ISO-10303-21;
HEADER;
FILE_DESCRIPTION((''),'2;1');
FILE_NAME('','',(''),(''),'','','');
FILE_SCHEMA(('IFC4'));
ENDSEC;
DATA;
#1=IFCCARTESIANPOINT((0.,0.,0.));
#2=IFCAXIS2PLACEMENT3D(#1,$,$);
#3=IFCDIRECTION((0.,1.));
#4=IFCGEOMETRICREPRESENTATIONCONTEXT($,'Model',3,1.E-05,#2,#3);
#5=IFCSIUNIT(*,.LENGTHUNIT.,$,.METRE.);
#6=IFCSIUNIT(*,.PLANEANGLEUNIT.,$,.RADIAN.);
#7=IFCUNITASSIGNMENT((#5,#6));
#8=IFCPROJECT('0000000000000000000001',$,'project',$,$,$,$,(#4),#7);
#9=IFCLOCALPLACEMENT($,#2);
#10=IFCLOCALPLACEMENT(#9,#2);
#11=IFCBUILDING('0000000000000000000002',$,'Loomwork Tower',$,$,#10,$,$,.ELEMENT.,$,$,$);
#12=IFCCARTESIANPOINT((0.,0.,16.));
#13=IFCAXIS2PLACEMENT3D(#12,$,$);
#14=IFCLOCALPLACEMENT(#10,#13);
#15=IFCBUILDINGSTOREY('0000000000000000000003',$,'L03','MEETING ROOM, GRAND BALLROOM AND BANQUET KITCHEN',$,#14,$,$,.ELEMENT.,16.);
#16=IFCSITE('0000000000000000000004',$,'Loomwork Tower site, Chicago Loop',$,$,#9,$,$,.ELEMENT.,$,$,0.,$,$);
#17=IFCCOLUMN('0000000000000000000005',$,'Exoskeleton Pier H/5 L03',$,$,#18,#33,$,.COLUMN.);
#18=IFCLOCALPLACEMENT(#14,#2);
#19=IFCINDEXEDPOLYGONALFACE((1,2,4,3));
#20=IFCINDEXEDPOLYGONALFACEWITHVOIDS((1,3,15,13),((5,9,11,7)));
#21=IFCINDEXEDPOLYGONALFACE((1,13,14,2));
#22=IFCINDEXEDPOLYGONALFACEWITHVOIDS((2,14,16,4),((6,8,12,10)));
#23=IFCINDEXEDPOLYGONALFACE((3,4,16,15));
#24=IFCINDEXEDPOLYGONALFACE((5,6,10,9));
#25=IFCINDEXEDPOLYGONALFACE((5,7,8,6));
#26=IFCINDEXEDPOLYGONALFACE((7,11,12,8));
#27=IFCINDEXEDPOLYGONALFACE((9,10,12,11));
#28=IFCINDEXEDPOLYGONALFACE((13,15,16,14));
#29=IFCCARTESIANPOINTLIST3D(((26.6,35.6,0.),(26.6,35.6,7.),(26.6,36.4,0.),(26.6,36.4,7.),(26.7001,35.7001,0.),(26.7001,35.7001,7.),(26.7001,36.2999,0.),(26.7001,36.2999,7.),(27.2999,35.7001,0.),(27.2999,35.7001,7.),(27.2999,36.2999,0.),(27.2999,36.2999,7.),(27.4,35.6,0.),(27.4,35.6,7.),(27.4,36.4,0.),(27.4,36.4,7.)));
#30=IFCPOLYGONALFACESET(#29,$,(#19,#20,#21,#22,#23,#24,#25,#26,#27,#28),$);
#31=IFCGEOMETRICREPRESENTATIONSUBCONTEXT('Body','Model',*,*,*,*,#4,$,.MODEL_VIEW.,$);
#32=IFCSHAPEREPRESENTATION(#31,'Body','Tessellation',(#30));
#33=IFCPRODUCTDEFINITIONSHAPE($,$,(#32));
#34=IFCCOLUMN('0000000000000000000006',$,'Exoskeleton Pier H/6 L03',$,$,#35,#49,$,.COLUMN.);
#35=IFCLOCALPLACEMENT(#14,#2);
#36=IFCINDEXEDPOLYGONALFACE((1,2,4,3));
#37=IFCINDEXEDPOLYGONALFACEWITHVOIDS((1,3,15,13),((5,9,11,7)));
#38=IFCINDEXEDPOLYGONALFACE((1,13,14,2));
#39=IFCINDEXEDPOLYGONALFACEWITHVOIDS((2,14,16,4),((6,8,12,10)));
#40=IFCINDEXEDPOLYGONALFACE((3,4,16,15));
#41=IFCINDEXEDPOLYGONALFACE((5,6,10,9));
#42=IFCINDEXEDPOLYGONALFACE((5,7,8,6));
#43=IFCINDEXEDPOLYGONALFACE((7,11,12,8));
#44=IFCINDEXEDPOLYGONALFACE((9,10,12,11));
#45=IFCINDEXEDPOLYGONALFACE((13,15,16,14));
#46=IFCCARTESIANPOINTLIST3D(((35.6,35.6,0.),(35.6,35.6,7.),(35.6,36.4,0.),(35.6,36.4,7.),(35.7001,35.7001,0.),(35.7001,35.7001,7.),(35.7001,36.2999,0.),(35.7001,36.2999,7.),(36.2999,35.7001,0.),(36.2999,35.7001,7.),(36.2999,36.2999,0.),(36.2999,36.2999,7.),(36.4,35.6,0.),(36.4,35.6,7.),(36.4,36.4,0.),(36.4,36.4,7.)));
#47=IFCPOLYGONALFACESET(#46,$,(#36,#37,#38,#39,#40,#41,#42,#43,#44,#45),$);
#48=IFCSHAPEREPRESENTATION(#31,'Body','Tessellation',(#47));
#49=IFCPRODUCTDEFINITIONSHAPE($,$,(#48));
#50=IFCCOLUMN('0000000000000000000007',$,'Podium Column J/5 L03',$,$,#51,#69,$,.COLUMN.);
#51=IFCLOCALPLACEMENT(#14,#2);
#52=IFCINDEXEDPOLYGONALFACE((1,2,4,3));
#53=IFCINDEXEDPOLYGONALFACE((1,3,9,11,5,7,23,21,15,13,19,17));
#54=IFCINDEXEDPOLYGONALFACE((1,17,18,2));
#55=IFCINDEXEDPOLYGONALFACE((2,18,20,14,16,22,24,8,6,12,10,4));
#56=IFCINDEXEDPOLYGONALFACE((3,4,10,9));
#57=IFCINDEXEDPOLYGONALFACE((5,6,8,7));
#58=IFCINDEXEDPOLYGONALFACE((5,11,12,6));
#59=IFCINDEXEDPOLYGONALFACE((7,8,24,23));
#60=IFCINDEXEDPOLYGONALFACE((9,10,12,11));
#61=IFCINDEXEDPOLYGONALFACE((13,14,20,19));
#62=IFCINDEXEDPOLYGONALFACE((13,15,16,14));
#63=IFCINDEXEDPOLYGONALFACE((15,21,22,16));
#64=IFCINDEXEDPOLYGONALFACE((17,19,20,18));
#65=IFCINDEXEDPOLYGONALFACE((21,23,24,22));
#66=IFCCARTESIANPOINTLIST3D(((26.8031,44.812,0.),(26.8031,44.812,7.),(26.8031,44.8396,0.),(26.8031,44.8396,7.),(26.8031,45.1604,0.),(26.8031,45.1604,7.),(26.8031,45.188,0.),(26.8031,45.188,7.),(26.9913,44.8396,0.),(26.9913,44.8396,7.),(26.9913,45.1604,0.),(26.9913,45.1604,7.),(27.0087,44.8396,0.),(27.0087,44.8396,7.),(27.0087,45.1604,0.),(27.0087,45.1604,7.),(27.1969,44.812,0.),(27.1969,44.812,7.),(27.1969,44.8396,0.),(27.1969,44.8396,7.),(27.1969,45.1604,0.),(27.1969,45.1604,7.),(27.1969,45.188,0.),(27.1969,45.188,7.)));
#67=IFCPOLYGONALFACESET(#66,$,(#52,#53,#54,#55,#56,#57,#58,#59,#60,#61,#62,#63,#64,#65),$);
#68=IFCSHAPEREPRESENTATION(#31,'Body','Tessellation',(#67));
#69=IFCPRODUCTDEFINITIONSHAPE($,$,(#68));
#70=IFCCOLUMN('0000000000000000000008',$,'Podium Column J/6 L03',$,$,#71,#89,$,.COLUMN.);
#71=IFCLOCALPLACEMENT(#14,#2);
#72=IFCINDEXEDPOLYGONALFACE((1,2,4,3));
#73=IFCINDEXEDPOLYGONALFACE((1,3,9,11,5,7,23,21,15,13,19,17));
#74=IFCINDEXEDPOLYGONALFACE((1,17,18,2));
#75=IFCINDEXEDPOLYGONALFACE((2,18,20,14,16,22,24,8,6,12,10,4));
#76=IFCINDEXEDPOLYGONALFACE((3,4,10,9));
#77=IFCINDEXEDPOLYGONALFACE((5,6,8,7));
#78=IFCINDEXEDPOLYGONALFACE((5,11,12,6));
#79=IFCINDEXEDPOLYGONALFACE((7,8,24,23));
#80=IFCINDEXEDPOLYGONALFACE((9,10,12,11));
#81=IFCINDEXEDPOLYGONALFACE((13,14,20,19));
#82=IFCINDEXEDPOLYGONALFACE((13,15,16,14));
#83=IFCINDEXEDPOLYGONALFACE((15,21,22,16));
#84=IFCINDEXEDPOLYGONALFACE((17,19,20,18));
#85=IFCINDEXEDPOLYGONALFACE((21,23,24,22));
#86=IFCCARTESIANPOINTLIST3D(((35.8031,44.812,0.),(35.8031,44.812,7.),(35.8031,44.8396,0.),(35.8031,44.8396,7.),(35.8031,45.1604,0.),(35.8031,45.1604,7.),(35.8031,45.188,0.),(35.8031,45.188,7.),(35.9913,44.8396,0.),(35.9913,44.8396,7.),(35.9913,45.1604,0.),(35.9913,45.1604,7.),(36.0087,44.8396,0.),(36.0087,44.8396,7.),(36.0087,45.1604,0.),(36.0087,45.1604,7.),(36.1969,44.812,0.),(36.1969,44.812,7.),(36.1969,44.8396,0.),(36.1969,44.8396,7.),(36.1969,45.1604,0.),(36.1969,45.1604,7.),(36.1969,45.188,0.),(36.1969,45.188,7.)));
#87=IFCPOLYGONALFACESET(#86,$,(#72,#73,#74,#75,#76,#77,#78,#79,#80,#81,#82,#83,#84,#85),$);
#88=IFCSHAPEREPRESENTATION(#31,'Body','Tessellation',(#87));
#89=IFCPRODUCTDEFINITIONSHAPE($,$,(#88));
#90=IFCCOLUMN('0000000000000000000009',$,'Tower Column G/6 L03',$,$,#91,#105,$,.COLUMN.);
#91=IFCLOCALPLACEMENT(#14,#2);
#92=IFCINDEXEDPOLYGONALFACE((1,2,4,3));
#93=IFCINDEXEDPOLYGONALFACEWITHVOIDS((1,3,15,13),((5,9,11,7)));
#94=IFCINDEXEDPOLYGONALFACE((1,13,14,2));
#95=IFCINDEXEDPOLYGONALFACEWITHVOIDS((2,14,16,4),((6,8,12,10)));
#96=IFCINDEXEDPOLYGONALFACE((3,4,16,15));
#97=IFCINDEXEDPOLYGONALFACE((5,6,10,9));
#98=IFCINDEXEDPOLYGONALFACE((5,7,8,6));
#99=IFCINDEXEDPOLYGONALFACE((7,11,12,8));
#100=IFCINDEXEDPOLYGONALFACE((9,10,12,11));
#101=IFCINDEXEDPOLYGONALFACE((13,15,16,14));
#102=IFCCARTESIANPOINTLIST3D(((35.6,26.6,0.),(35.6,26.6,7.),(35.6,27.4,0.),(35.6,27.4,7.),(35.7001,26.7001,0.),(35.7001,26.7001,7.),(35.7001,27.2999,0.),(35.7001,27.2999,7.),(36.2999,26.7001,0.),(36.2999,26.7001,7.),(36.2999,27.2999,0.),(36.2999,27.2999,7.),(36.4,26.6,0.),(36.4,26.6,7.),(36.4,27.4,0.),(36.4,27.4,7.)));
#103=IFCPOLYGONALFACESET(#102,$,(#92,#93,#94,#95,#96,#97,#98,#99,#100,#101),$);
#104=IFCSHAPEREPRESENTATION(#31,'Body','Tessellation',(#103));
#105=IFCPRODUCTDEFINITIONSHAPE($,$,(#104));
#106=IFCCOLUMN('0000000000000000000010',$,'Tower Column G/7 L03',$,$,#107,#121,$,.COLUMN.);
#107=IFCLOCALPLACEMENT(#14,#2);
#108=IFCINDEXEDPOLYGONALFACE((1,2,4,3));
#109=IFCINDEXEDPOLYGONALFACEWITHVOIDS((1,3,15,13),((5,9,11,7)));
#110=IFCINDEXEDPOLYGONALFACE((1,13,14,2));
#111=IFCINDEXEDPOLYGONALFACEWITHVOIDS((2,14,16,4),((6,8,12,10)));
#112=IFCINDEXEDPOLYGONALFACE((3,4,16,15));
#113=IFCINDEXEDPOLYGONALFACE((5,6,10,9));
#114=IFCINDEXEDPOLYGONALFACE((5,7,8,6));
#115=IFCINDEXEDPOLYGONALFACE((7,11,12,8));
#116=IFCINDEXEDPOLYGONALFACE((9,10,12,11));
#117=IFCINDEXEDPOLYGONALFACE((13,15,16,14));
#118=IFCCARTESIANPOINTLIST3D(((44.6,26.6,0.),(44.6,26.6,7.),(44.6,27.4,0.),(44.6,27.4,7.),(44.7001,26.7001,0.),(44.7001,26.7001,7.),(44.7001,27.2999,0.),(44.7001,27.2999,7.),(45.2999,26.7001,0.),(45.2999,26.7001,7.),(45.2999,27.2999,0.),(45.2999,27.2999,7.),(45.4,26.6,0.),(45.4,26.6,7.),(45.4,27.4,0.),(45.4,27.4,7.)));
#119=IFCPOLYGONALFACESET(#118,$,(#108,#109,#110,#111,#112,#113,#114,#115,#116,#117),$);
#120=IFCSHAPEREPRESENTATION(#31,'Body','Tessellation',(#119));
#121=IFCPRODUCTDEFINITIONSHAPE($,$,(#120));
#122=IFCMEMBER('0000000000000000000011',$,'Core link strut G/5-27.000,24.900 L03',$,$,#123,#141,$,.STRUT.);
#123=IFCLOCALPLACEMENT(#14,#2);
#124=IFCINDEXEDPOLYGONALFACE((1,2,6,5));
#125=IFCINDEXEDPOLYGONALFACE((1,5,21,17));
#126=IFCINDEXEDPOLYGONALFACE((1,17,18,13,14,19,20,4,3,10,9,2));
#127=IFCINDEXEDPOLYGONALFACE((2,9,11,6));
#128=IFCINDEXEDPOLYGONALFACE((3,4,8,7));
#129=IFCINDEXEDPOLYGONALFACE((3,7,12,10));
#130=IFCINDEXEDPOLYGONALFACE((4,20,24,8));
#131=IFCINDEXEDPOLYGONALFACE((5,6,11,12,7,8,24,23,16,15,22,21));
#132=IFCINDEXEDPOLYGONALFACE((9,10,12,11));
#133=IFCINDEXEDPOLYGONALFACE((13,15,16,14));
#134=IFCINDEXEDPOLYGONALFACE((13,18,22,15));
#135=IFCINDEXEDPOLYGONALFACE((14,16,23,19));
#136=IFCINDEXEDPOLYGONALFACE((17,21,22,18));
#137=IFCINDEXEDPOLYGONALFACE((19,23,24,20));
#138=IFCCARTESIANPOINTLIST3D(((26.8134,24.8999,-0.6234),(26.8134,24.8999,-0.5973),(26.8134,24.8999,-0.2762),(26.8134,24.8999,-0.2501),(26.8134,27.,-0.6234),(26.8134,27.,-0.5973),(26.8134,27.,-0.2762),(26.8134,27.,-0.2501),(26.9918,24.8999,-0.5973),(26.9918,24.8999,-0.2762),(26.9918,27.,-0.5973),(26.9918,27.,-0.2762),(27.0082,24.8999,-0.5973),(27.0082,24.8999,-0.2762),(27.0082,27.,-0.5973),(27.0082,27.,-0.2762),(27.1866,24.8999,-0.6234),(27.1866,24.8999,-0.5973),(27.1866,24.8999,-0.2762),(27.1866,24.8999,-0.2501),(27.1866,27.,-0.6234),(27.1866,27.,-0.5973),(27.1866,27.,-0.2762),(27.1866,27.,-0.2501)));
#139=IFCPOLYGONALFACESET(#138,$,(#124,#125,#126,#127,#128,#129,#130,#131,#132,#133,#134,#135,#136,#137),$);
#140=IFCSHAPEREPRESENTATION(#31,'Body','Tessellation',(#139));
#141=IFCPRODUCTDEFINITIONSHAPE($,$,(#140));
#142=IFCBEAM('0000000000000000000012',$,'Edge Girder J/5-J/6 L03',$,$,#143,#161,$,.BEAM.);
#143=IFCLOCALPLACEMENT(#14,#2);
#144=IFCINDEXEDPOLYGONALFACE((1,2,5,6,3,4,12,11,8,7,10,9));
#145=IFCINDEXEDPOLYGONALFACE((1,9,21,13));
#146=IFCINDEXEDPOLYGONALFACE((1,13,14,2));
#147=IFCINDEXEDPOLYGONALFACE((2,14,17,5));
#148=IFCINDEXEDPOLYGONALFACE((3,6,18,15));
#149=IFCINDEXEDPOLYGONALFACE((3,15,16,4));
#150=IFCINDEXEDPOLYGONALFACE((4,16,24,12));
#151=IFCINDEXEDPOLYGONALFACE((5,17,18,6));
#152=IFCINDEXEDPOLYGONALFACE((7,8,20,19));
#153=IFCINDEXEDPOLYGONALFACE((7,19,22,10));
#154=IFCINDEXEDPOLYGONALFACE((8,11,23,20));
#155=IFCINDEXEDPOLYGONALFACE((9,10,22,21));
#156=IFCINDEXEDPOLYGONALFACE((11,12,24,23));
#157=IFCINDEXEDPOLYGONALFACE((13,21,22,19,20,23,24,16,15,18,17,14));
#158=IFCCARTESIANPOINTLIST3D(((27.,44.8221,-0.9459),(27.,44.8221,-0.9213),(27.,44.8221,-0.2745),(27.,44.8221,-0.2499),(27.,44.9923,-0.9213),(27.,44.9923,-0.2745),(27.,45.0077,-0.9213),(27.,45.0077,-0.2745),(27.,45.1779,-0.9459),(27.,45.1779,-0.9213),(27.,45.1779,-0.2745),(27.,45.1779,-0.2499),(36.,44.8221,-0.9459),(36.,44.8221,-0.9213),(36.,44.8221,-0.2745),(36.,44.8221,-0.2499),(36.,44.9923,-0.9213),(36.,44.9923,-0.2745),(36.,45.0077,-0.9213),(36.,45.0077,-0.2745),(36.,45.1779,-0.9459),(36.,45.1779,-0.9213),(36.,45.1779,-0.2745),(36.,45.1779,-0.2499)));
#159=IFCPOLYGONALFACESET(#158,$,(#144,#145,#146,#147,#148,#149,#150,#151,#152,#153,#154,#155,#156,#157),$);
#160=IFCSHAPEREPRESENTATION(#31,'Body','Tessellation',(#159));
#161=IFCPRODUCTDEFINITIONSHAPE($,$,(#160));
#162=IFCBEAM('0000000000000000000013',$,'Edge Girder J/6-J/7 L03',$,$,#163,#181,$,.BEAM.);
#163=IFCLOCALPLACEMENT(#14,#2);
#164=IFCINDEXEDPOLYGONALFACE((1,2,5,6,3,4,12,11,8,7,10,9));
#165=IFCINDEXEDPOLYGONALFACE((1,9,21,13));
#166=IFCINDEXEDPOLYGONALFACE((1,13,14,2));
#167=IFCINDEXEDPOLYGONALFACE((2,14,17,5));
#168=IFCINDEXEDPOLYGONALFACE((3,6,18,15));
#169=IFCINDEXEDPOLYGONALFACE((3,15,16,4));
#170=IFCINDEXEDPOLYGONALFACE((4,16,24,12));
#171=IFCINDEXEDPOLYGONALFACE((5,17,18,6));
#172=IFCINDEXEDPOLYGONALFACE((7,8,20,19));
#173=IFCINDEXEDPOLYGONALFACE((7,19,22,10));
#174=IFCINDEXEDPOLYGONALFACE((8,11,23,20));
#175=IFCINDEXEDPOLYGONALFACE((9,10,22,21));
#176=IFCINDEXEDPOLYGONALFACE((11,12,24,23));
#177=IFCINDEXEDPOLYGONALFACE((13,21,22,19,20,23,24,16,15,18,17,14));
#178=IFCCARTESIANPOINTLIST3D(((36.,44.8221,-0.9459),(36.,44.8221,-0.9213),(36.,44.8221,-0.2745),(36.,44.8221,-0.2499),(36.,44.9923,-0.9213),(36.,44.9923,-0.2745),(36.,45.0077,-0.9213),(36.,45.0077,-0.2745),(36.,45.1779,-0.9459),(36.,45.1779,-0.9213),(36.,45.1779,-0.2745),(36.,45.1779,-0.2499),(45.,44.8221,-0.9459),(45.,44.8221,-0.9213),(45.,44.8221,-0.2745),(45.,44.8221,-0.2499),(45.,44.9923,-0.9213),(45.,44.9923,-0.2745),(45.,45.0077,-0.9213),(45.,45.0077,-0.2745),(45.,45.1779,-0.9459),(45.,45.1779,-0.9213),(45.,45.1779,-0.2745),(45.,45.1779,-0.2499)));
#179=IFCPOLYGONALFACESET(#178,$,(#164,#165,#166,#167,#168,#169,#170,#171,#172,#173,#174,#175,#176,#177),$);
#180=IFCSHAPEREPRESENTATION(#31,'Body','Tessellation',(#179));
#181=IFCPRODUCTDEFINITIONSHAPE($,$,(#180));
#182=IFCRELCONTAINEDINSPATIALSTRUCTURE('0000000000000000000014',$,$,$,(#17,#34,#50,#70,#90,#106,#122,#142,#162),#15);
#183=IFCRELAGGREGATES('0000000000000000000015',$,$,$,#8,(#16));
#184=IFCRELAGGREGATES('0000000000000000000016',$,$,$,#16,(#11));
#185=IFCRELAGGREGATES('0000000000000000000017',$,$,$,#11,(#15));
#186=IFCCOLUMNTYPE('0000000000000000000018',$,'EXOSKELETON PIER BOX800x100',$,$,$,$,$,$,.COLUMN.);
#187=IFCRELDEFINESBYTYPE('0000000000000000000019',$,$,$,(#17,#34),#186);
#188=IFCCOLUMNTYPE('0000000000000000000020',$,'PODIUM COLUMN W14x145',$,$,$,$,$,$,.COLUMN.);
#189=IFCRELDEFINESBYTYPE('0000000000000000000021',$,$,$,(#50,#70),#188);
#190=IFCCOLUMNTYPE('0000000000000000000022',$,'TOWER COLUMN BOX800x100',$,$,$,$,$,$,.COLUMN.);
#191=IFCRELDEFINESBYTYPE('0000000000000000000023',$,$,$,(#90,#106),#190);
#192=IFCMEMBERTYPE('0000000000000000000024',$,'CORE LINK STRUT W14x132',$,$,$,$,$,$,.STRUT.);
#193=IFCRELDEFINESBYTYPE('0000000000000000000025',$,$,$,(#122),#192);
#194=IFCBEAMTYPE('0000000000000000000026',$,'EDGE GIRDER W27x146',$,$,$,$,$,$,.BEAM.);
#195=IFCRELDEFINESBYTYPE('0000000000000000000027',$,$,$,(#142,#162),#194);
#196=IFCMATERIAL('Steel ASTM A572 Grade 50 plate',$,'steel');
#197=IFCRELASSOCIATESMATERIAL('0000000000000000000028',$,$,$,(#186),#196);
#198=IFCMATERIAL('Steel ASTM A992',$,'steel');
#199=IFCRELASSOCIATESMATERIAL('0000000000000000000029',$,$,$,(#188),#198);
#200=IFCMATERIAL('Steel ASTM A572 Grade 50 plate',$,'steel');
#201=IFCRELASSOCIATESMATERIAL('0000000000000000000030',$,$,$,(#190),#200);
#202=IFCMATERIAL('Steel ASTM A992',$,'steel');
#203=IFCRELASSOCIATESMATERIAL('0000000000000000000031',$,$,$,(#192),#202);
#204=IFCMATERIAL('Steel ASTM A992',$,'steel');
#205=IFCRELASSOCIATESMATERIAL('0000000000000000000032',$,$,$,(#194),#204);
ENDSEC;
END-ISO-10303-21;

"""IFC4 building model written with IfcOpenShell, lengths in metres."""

from ifc_helpers import new_model, si_unit, direction, frame, origin, origin_2d, place, context, subcontext, project, spatial, hollow_rectangle, i_section, extrude, material, material_profile, profile_set, type_object, element, save


model = new_model("IFC4")

# Units and contexts
model_context = context("Model", 3, precision=1e-05, world=origin(), true_north=direction((0.0, 1.0)))
body_context = subcontext(model_context, "Body", "Model", "MODEL_VIEW")
ifc_project = project(units=[si_unit("LENGTHUNIT", "METRE"), si_unit("PLANEANGLEUNIT", "RADIAN")], contexts=[model_context])

# Site, building, storey
site_placement = place(None, origin())
site = spatial("IfcSite", under=ifc_project, at=site_placement, Name="Loomwork Tower site, Chicago Loop", CompositionType="ELEMENT", RefElevation=0.0)
building_placement = place(site_placement, origin())
building = spatial("IfcBuilding", under=site, at=building_placement, Name="Loomwork Tower", CompositionType="ELEMENT")
storey_placement = place(building_placement, frame((0.0, 0.0, 16.0)))
storey = spatial("IfcBuildingStorey", under=building, at=storey_placement, Name="L03", Description="MEETING ROOM, GRAND BALLROOM AND BANQUET KITCHEN", CompositionType="ELEMENT", Elevation=16.0)

# Columns
ifc_material_1 = material(Name="Steel ASTM A572 Grade 50 plate", Category="steel")
ifc_material_profile_1 = material_profile(ifc_material_1, hollow_rectangle(XDim=0.8, YDim=0.8, WallThickness=0.1001, at=origin_2d()), Name="BOX800x100")
ifc_profile_set_1 = profile_set([ifc_material_profile_1], Name="Steel ASTM A572 Grade 50 plate")
column_type_1 = type_object("IfcColumnType", Name="EXOSKELETON PIER BOX800x100", PredefinedType="COLUMN", material=ifc_profile_set_1)
for number, where, z_axis, x_axis, name in (
    (1, (27.0, 36.0, 0.0), (0.0, 0.0, 1.0), (1.0, 0.0, 0.0), "Exoskeleton Pier H/5 L03"),
    (2, (36.0, 36.0, 0.0), (0.0, 0.0, 1.0), (1.0, 0.0, 0.0), "Exoskeleton Pier H/6 L03"),
):
    element("IfcColumn", number, at=place(storey_placement, frame(where, z_axis=z_axis, x_axis=x_axis)), inside=storey, type_object=column_type_1, Name=name, PredefinedType="COLUMN", context=body_context, shape_type="SweptSolid", body=[
        extrude(hollow_rectangle(XDim=0.8, YDim=0.8, WallThickness=0.1001, at=origin_2d()), origin(), (0.0, 0.0, 1.0), 7.0),
    ])
ifc_material_2 = material(Name="Steel ASTM A992", Category="steel")
ifc_material_profile_2 = material_profile(ifc_material_2, i_section(OverallWidth=0.3938, OverallDepth=0.376, WebThickness=0.0173, FlangeThickness=0.0276, at=origin_2d()), Name="W14x145")
ifc_profile_set_2 = profile_set([ifc_material_profile_2], Name="Steel ASTM A992")
column_type_2 = type_object("IfcColumnType", Name="PODIUM COLUMN W14x145", PredefinedType="COLUMN", material=ifc_profile_set_2)
for number, where, z_axis, x_axis, name in (
    (3, (27.0, 45.0, 0.0), (0.0, 0.0, 1.0), (1.0, 0.0, 0.0), "Podium Column J/5 L03"),
    (4, (36.0, 45.0, 0.0), (0.0, 0.0, 1.0), (1.0, 0.0, 0.0), "Podium Column J/6 L03"),
):
    element("IfcColumn", number, at=place(storey_placement, frame(where, z_axis=z_axis, x_axis=x_axis)), inside=storey, type_object=column_type_2, Name=name, PredefinedType="COLUMN", context=body_context, shape_type="SweptSolid", body=[
        extrude(i_section(OverallWidth=0.3938, OverallDepth=0.376, WebThickness=0.0173, FlangeThickness=0.0276, at=origin_2d()), origin(), (0.0, 0.0, 1.0), 7.0),
    ])
ifc_material_3 = material(Name="Steel ASTM A572 Grade 50 plate", Category="steel")
ifc_material_profile_3 = material_profile(ifc_material_3, hollow_rectangle(XDim=0.8, YDim=0.8, WallThickness=0.1001, at=origin_2d()), Name="BOX800x100")
ifc_profile_set_3 = profile_set([ifc_material_profile_3], Name="Steel ASTM A572 Grade 50 plate")
column_type_3 = type_object("IfcColumnType", Name="TOWER COLUMN BOX800x100", PredefinedType="COLUMN", material=ifc_profile_set_3)
for number, where, z_axis, x_axis, name in (
    (5, (36.0, 27.0, 0.0), (0.0, 0.0, 1.0), (1.0, 0.0, 0.0), "Tower Column G/6 L03"),
    (6, (45.0, 27.0, 0.0), (0.0, 0.0, 1.0), (0.0, 1.0, 0.0), "Tower Column G/7 L03"),
):
    element("IfcColumn", number, at=place(storey_placement, frame(where, z_axis=z_axis, x_axis=x_axis)), inside=storey, type_object=column_type_3, Name=name, PredefinedType="COLUMN", context=body_context, shape_type="SweptSolid", body=[
        extrude(hollow_rectangle(XDim=0.8, YDim=0.8, WallThickness=0.1001, at=origin_2d()), origin(), (0.0, 0.0, 1.0), 7.0),
    ])

# Member
ifc_material_4 = material(Name="Steel ASTM A992", Category="steel")
ifc_material_profile_4 = material_profile(ifc_material_4, i_section(OverallWidth=0.3733, OverallDepth=0.3733, WebThickness=0.0164, FlangeThickness=0.0261, at=origin_2d()), Name="W14x132")
ifc_profile_set_4 = profile_set([ifc_material_profile_4], Name="Steel ASTM A992")
member_type = type_object("IfcMemberType", Name="CORE LINK STRUT W14x132", PredefinedType="STRUT", material=ifc_profile_set_4)
member_placement = place(storey_placement, frame((27.0, 27.0, -0.4368), z_axis=(0.0, -1.0, 0.0), x_axis=(1.0, 0.0, 0.0)))
element("IfcMember", 7, at=member_placement, inside=storey, type_object=member_type, Name="Core link strut G/5-27.000,24.900 L03", PredefinedType="STRUT", context=body_context, shape_type="SweptSolid", body=[
    extrude(i_section(OverallWidth=0.3733, OverallDepth=0.3733, WebThickness=0.0164, FlangeThickness=0.0261, at=origin_2d()), origin(), (0.0, 0.0, 1.0), 2.1001),
])

# Beams
ifc_material_5 = material(Name="Steel ASTM A992", Category="steel")
ifc_material_profile_5 = material_profile(ifc_material_5, i_section(OverallWidth=0.3557, OverallDepth=0.696, WebThickness=0.0154, FlangeThickness=0.0247, at=origin_2d()), Name="W27x146")
ifc_profile_set_5 = profile_set([ifc_material_profile_5], Name="Steel ASTM A992")
beam_type_1 = type_object("IfcBeamType", Name="EDGE GIRDER W27x146", PredefinedType="BEAM", material=ifc_profile_set_5)
for number, where, z_axis, x_axis, name in (
    (8, (27.0, 45.0, -0.5979), (1.0, 0.0, 0.0), (0.0, 1.0, 0.0), "Edge Girder J/5-J/6 L03"),
    (9, (36.0, 45.0, -0.5979), (1.0, 0.0, 0.0), (0.0, 1.0, 0.0), "Edge Girder J/6-J/7 L03"),
):
    element("IfcBeam", number, at=place(storey_placement, frame(where, z_axis=z_axis, x_axis=x_axis)), inside=storey, type_object=beam_type_1, Name=name, PredefinedType="BEAM", context=body_context, shape_type="SweptSolid", body=[
        extrude(i_section(OverallWidth=0.3557, OverallDepth=0.696, WebThickness=0.0154, FlangeThickness=0.0247, at=origin_2d()), origin(), (0.0, 0.0, 1.0), 9.0),
    ])

save(model, "model.ifc")
